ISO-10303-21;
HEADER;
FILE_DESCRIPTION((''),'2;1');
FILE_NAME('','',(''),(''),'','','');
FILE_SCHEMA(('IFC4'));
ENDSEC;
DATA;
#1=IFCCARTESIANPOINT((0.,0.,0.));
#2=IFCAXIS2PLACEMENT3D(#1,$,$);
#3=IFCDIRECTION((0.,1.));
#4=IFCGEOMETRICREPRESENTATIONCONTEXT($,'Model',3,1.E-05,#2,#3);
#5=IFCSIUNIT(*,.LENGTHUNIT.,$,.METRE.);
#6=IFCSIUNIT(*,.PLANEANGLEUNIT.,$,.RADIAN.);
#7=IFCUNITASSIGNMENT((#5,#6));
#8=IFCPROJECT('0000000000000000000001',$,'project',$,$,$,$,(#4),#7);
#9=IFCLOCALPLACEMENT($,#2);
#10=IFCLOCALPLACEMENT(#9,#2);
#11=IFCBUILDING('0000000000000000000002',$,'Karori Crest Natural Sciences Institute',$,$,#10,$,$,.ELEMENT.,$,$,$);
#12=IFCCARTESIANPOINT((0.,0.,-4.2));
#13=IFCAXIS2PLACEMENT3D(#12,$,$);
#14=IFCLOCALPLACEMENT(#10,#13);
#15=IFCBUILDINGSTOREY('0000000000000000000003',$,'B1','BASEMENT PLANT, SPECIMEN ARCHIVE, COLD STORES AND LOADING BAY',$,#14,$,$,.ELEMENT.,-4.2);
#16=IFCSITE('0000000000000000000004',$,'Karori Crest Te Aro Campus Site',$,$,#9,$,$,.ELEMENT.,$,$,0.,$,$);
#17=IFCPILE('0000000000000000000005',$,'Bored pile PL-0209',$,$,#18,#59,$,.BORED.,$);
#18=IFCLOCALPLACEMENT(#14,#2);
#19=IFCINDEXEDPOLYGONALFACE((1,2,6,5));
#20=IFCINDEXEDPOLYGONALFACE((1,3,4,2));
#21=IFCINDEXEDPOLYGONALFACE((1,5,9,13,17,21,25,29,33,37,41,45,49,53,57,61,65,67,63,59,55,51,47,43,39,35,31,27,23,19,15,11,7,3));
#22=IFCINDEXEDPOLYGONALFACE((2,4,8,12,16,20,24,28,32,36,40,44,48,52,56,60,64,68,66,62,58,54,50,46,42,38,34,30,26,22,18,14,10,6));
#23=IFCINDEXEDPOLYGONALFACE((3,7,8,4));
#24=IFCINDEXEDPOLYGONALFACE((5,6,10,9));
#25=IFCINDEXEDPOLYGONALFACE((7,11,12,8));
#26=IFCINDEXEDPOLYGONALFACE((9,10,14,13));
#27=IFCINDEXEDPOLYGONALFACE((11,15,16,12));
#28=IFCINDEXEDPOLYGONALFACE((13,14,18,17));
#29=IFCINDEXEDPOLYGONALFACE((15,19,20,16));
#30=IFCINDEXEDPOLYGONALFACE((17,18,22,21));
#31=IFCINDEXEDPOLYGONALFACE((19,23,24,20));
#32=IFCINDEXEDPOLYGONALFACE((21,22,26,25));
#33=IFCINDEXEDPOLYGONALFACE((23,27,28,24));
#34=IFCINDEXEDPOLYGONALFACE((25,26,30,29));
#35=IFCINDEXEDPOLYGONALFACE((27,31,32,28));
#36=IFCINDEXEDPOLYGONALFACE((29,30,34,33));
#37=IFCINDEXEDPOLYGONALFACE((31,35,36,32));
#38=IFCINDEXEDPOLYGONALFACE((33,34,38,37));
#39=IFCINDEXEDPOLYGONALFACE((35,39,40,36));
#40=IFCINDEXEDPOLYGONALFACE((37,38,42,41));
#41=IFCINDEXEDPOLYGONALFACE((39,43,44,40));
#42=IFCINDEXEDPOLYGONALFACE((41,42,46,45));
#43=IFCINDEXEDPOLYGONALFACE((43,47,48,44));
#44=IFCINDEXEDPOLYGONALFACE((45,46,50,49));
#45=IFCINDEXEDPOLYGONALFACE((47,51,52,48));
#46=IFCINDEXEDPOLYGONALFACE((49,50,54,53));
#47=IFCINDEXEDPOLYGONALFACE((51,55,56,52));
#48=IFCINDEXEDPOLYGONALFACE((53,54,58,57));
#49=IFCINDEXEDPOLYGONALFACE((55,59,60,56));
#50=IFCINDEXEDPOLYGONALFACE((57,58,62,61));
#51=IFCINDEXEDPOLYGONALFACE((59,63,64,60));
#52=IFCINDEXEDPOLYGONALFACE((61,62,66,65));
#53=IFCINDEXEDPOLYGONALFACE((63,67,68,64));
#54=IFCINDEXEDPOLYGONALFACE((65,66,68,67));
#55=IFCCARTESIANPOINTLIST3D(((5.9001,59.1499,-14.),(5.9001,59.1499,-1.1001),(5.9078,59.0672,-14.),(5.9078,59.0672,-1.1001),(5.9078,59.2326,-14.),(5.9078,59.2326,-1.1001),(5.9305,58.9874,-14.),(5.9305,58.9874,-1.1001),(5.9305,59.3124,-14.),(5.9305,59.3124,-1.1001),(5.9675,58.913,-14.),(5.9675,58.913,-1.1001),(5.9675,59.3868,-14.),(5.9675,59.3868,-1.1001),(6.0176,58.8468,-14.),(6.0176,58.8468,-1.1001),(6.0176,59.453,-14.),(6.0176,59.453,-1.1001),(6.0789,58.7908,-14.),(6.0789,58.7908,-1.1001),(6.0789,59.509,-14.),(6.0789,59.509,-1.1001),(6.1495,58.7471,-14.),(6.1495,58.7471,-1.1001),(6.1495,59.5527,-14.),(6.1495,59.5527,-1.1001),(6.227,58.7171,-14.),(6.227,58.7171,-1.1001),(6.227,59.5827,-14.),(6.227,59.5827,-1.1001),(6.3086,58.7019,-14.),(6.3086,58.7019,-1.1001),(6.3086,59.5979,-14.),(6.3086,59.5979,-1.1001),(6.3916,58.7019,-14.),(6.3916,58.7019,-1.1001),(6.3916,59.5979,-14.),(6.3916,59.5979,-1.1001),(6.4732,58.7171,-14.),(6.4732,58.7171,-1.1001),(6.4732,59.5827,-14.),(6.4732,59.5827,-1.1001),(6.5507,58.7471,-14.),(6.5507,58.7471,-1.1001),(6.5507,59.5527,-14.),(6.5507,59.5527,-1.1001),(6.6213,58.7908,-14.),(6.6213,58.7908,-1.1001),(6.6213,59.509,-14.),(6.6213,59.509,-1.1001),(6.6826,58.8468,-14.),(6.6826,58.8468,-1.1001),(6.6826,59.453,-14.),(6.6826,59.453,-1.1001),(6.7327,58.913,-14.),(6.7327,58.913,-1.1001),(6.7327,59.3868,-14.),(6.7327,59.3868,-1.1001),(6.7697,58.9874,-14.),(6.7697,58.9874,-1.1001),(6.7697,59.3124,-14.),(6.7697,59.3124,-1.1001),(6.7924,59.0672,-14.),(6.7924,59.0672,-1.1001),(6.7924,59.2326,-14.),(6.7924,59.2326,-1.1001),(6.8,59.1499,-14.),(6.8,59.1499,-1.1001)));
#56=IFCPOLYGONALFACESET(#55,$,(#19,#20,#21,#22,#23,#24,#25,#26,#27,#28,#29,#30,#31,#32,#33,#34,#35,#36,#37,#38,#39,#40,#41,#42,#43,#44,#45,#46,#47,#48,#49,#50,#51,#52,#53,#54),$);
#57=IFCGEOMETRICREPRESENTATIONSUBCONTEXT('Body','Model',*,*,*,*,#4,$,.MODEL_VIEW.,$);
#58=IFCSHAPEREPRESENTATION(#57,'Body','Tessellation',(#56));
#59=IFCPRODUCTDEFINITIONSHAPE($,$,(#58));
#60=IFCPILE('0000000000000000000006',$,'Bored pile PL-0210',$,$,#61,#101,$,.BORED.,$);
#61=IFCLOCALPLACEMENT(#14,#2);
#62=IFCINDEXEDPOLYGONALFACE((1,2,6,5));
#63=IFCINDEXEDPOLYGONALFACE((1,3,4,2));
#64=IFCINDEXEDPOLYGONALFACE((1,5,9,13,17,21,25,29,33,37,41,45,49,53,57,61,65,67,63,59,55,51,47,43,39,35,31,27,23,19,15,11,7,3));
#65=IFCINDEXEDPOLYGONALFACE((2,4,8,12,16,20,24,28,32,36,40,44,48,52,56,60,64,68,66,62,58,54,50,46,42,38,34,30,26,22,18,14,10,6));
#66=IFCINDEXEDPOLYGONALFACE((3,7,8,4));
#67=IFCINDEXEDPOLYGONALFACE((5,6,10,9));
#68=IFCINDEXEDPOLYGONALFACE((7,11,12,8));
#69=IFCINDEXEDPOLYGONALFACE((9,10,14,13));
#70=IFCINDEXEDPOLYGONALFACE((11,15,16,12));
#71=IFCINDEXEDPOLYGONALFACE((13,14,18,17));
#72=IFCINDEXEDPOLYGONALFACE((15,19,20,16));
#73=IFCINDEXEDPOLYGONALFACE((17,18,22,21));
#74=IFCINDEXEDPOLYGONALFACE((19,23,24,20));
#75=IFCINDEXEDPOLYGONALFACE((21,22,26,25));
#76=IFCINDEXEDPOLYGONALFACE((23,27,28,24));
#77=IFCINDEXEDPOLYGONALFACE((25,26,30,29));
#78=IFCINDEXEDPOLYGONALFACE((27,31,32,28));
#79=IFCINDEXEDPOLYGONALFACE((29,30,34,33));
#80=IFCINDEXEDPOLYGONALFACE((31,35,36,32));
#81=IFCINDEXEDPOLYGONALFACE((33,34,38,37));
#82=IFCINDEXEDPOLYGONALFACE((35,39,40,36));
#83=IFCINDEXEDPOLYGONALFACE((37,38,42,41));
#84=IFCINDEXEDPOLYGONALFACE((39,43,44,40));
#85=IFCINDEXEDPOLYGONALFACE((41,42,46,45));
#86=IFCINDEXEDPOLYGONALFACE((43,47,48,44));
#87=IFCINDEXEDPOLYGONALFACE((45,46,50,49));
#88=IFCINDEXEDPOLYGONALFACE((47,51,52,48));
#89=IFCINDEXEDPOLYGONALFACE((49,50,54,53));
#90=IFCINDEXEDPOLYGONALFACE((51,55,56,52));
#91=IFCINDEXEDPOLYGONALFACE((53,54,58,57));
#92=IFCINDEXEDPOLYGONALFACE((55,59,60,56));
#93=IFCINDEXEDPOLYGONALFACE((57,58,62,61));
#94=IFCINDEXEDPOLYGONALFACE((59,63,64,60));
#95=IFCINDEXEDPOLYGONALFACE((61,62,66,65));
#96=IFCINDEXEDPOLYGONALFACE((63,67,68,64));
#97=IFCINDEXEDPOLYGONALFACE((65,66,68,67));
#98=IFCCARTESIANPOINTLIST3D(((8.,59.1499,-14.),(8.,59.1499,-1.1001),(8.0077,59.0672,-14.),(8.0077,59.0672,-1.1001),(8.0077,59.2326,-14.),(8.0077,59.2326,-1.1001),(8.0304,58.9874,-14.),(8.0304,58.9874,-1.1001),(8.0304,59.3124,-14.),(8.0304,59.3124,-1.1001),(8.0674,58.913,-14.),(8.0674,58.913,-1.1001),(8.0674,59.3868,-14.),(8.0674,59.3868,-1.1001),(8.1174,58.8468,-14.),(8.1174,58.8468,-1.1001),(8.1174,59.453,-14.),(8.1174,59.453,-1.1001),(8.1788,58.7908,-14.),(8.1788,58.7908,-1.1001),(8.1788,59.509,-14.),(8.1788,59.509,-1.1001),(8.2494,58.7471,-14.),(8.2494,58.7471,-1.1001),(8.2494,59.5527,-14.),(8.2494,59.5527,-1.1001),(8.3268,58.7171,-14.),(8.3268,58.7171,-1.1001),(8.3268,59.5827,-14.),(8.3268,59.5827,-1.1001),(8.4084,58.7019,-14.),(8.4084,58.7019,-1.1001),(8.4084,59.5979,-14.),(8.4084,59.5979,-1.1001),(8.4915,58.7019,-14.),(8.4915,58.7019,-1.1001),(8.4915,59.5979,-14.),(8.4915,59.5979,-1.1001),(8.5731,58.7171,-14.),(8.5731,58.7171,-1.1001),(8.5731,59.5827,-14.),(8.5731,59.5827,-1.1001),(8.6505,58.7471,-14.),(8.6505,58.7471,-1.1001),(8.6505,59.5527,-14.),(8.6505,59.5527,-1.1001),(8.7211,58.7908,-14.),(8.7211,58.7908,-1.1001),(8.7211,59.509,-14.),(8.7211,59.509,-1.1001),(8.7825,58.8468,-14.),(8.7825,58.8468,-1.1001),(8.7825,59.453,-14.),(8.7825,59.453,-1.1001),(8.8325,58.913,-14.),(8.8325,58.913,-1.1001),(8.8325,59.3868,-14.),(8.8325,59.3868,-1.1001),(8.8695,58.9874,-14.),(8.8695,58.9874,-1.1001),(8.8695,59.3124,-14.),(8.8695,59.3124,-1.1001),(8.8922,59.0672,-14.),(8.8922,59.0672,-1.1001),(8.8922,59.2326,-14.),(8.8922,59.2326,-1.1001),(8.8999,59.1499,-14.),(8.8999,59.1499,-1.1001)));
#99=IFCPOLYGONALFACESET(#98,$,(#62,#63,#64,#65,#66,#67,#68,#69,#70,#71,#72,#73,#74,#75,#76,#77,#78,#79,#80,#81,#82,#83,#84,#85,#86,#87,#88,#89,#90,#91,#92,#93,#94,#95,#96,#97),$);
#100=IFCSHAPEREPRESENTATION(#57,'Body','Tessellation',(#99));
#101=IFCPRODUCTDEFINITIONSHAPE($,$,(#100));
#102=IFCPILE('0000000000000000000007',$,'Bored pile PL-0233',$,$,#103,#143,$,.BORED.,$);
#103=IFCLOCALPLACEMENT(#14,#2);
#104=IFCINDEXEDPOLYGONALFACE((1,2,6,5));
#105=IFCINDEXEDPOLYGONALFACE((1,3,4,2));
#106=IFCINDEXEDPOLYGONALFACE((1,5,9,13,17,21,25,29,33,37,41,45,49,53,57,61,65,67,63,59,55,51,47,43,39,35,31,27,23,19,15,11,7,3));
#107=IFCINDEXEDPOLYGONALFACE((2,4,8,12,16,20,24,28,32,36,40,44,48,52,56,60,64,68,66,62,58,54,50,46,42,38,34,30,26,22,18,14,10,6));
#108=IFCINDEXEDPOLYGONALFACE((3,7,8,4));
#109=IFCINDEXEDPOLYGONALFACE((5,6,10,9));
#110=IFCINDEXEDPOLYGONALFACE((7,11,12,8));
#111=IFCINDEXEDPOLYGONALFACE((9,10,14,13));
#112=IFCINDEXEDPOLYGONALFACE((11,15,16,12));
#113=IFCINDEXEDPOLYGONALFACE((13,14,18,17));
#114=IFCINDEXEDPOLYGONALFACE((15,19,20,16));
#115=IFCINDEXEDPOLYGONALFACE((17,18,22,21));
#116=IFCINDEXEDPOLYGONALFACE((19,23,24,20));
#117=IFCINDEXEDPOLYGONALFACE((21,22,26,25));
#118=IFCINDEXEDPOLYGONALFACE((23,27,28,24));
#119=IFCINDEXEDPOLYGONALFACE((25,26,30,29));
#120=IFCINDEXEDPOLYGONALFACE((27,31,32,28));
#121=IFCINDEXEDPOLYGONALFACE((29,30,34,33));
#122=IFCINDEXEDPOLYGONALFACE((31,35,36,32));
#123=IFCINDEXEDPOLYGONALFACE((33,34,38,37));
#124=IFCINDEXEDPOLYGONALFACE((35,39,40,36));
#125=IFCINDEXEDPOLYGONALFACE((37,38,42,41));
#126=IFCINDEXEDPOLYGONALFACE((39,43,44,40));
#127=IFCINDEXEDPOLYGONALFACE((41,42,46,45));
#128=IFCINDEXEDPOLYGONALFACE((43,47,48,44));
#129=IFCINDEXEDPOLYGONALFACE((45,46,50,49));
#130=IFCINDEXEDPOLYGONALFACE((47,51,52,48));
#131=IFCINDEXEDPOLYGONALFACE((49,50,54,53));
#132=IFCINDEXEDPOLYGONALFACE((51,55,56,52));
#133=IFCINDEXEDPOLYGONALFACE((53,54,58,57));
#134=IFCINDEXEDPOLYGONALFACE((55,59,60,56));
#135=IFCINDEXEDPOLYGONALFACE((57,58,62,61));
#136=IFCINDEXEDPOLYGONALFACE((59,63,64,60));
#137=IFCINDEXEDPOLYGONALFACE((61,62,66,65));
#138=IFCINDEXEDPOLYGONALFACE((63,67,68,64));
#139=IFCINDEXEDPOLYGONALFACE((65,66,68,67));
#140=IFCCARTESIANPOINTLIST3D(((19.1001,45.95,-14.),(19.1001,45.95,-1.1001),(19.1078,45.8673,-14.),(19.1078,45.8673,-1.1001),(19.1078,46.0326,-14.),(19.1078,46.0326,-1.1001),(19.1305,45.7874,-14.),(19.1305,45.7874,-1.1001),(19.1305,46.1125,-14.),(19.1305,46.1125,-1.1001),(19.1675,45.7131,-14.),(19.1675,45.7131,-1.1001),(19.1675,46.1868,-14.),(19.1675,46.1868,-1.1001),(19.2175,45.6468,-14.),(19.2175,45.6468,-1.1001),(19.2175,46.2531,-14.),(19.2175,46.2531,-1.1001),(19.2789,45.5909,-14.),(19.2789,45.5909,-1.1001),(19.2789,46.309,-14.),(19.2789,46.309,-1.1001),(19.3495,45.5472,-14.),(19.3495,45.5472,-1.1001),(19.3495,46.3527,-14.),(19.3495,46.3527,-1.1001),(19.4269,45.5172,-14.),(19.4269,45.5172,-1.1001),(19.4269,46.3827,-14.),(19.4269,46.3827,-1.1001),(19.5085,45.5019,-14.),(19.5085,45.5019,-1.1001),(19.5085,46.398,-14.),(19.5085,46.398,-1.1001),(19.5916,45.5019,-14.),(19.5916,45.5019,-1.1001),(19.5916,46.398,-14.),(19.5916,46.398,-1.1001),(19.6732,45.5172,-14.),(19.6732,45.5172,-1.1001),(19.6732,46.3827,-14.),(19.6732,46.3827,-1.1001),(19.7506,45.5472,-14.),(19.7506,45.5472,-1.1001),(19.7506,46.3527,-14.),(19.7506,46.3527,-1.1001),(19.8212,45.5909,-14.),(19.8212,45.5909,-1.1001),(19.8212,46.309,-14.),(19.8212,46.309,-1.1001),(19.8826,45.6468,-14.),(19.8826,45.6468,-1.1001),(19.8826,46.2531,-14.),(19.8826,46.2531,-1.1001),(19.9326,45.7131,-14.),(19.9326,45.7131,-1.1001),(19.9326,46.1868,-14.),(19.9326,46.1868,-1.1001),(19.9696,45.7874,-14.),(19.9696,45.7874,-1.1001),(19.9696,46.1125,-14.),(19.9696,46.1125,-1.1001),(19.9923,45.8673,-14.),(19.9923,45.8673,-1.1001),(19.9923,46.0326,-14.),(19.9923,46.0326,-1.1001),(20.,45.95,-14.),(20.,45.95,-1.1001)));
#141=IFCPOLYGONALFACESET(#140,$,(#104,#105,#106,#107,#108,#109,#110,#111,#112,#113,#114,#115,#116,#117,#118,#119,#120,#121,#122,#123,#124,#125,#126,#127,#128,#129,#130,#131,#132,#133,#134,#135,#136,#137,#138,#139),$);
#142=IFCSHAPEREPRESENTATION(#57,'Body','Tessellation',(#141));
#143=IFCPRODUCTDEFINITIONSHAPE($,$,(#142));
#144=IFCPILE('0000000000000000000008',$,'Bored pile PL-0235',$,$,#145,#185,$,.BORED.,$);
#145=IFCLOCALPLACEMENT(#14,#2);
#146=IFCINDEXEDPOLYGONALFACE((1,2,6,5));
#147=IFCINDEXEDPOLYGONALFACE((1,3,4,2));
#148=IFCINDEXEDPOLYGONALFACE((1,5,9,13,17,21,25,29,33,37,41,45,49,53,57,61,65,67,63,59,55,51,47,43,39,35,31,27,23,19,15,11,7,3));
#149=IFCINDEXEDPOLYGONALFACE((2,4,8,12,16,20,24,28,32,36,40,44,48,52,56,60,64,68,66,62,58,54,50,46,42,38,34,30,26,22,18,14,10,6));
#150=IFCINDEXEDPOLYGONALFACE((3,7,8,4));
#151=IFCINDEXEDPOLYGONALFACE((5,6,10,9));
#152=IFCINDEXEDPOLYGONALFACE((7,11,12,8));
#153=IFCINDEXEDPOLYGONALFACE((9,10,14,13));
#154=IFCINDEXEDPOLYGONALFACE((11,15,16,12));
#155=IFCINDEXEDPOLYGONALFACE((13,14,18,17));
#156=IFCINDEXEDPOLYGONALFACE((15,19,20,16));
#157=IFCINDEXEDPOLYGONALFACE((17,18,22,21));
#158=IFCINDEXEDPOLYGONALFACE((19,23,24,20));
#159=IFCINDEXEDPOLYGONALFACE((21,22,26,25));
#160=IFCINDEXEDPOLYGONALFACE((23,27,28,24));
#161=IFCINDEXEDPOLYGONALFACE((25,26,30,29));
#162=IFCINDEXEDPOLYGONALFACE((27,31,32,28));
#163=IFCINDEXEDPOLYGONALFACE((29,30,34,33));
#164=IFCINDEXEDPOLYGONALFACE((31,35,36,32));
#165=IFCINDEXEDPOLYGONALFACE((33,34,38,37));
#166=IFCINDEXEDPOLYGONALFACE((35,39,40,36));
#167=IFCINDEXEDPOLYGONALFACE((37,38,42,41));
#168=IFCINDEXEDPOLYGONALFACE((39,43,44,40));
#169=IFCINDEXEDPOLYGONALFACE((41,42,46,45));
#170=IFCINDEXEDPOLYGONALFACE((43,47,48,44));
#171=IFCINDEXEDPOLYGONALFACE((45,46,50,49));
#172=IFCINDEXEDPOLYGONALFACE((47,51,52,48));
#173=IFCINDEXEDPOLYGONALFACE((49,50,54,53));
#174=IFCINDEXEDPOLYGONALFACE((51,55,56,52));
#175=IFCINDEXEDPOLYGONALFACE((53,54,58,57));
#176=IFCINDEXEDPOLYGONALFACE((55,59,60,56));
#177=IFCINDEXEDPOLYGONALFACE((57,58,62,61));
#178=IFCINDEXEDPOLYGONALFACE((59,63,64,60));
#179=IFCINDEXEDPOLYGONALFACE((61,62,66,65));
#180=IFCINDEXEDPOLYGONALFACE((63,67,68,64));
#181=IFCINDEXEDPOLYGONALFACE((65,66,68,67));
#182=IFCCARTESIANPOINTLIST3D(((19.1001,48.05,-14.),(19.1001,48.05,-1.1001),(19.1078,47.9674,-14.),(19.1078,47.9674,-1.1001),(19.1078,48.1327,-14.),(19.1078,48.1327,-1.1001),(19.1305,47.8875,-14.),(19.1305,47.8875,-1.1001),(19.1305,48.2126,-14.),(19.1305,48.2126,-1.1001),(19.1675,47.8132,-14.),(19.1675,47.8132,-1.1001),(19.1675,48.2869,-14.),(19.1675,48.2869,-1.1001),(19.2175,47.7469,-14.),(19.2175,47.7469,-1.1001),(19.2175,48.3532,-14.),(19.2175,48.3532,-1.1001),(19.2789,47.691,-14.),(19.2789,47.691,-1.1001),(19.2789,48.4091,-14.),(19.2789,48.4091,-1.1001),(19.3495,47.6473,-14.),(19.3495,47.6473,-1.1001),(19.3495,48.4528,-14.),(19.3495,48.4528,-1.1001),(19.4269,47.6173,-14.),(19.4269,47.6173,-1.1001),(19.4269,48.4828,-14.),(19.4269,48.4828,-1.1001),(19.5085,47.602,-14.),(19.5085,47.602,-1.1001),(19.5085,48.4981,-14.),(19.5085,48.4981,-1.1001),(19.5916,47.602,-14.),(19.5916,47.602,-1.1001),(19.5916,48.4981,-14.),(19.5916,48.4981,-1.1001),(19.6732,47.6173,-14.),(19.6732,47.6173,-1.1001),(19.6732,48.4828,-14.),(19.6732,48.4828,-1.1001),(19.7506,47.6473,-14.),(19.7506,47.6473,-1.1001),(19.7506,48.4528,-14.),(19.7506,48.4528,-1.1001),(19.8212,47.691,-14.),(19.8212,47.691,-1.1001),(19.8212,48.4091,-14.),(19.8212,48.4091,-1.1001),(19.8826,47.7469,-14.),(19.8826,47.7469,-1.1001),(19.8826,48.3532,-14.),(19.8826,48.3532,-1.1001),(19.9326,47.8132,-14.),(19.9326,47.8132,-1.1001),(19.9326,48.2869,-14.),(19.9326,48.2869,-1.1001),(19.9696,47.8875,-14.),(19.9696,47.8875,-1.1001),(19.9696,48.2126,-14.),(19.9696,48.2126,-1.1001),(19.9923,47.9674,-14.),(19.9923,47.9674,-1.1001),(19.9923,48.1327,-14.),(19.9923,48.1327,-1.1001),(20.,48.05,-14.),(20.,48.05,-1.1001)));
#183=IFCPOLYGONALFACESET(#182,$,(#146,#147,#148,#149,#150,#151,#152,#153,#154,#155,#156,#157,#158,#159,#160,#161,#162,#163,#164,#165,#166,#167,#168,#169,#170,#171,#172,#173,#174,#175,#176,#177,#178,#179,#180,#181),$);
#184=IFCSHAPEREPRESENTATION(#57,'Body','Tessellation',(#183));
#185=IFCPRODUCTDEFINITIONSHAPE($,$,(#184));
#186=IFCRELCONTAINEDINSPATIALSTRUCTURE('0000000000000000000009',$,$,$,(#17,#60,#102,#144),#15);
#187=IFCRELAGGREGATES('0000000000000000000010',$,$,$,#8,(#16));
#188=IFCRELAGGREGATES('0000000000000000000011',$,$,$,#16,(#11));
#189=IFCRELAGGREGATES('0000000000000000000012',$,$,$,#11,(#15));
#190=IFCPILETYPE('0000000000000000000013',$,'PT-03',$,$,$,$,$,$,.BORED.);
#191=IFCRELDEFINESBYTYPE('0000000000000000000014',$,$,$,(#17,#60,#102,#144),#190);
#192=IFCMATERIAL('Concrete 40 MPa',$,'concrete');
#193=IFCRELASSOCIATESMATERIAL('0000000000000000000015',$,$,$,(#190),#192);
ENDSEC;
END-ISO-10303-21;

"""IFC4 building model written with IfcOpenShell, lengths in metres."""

from ifc_helpers import new_model, si_unit, direction, frame, origin, origin_2d, place, context, subcontext, project, spatial, circle, extrude, material, material_profile, profile_set, type_object, element, save


model = new_model("IFC4")

# Units and contexts
model_context = context("Model", 3, precision=1e-05, world=origin(), true_north=direction((0.0, 1.0)))
body_context = subcontext(model_context, "Body", "Model", "MODEL_VIEW")
ifc_project = project(units=[si_unit("LENGTHUNIT", "METRE"), si_unit("PLANEANGLEUNIT", "RADIAN")], contexts=[model_context])

# Site, building, storey
site_placement = place(None, origin())
site = spatial("IfcSite", under=ifc_project, at=site_placement, Name="Karori Crest Te Aro Campus Site", CompositionType="ELEMENT", RefElevation=0.0)
building_placement = place(site_placement, origin())
building = spatial("IfcBuilding", under=site, at=building_placement, Name="Karori Crest Natural Sciences Institute", CompositionType="ELEMENT")
storey_placement = place(building_placement, frame((0.0, 0.0, -4.2)))
storey = spatial("IfcBuildingStorey", under=building, at=storey_placement, Name="B1", Description="BASEMENT PLANT, SPECIMEN ARCHIVE, COLD STORES AND LOADING BAY", CompositionType="ELEMENT", Elevation=-4.2)

# Shared definitions
ifc_material_1 = material(Name="Concrete 40 MPa", Category="concrete")

# Piles
ifc_material_profile_1 = material_profile(ifc_material_1, circle(Radius=0.45, at=origin_2d()), Name="PILE900")
ifc_profile_set_1 = profile_set([ifc_material_profile_1], Name="Concrete 40 MPa")
pile_type = type_object("IfcPileType", Name="PT-03", PredefinedType="BORED", material=ifc_profile_set_1)
for number, where, z_axis, x_axis, name in (
    (1, (6.3501, 59.1499, -1.1001), (0.0, 0.0, -1.0), (1.0, 0.0, 0.0), "Bored pile PL-0209"),
    (2, (8.45, 59.1499, -1.1001), (0.0, 0.0, -1.0), (1.0, 0.0, 0.0), "Bored pile PL-0210"),
    (3, (19.55, 45.95, -1.1001), (0.0, 0.0, -1.0), (1.0, 0.0, 0.0), "Bored pile PL-0233"),
    (4, (19.55, 48.05, -1.1001), (0.0, 0.0, -1.0), (1.0, 0.0, 0.0), "Bored pile PL-0235"),
):
    element("IfcPile", number, at=place(storey_placement, frame(where, z_axis=z_axis, x_axis=x_axis)), inside=storey, type_object=pile_type, Name=name, PredefinedType="BORED", context=body_context, shape_type="SweptSolid", body=[
        extrude(circle(Radius=0.45, at=origin_2d()), origin(), (0.0, 0.0, 1.0), 12.8999),
    ])

save(model, "model.ifc")
